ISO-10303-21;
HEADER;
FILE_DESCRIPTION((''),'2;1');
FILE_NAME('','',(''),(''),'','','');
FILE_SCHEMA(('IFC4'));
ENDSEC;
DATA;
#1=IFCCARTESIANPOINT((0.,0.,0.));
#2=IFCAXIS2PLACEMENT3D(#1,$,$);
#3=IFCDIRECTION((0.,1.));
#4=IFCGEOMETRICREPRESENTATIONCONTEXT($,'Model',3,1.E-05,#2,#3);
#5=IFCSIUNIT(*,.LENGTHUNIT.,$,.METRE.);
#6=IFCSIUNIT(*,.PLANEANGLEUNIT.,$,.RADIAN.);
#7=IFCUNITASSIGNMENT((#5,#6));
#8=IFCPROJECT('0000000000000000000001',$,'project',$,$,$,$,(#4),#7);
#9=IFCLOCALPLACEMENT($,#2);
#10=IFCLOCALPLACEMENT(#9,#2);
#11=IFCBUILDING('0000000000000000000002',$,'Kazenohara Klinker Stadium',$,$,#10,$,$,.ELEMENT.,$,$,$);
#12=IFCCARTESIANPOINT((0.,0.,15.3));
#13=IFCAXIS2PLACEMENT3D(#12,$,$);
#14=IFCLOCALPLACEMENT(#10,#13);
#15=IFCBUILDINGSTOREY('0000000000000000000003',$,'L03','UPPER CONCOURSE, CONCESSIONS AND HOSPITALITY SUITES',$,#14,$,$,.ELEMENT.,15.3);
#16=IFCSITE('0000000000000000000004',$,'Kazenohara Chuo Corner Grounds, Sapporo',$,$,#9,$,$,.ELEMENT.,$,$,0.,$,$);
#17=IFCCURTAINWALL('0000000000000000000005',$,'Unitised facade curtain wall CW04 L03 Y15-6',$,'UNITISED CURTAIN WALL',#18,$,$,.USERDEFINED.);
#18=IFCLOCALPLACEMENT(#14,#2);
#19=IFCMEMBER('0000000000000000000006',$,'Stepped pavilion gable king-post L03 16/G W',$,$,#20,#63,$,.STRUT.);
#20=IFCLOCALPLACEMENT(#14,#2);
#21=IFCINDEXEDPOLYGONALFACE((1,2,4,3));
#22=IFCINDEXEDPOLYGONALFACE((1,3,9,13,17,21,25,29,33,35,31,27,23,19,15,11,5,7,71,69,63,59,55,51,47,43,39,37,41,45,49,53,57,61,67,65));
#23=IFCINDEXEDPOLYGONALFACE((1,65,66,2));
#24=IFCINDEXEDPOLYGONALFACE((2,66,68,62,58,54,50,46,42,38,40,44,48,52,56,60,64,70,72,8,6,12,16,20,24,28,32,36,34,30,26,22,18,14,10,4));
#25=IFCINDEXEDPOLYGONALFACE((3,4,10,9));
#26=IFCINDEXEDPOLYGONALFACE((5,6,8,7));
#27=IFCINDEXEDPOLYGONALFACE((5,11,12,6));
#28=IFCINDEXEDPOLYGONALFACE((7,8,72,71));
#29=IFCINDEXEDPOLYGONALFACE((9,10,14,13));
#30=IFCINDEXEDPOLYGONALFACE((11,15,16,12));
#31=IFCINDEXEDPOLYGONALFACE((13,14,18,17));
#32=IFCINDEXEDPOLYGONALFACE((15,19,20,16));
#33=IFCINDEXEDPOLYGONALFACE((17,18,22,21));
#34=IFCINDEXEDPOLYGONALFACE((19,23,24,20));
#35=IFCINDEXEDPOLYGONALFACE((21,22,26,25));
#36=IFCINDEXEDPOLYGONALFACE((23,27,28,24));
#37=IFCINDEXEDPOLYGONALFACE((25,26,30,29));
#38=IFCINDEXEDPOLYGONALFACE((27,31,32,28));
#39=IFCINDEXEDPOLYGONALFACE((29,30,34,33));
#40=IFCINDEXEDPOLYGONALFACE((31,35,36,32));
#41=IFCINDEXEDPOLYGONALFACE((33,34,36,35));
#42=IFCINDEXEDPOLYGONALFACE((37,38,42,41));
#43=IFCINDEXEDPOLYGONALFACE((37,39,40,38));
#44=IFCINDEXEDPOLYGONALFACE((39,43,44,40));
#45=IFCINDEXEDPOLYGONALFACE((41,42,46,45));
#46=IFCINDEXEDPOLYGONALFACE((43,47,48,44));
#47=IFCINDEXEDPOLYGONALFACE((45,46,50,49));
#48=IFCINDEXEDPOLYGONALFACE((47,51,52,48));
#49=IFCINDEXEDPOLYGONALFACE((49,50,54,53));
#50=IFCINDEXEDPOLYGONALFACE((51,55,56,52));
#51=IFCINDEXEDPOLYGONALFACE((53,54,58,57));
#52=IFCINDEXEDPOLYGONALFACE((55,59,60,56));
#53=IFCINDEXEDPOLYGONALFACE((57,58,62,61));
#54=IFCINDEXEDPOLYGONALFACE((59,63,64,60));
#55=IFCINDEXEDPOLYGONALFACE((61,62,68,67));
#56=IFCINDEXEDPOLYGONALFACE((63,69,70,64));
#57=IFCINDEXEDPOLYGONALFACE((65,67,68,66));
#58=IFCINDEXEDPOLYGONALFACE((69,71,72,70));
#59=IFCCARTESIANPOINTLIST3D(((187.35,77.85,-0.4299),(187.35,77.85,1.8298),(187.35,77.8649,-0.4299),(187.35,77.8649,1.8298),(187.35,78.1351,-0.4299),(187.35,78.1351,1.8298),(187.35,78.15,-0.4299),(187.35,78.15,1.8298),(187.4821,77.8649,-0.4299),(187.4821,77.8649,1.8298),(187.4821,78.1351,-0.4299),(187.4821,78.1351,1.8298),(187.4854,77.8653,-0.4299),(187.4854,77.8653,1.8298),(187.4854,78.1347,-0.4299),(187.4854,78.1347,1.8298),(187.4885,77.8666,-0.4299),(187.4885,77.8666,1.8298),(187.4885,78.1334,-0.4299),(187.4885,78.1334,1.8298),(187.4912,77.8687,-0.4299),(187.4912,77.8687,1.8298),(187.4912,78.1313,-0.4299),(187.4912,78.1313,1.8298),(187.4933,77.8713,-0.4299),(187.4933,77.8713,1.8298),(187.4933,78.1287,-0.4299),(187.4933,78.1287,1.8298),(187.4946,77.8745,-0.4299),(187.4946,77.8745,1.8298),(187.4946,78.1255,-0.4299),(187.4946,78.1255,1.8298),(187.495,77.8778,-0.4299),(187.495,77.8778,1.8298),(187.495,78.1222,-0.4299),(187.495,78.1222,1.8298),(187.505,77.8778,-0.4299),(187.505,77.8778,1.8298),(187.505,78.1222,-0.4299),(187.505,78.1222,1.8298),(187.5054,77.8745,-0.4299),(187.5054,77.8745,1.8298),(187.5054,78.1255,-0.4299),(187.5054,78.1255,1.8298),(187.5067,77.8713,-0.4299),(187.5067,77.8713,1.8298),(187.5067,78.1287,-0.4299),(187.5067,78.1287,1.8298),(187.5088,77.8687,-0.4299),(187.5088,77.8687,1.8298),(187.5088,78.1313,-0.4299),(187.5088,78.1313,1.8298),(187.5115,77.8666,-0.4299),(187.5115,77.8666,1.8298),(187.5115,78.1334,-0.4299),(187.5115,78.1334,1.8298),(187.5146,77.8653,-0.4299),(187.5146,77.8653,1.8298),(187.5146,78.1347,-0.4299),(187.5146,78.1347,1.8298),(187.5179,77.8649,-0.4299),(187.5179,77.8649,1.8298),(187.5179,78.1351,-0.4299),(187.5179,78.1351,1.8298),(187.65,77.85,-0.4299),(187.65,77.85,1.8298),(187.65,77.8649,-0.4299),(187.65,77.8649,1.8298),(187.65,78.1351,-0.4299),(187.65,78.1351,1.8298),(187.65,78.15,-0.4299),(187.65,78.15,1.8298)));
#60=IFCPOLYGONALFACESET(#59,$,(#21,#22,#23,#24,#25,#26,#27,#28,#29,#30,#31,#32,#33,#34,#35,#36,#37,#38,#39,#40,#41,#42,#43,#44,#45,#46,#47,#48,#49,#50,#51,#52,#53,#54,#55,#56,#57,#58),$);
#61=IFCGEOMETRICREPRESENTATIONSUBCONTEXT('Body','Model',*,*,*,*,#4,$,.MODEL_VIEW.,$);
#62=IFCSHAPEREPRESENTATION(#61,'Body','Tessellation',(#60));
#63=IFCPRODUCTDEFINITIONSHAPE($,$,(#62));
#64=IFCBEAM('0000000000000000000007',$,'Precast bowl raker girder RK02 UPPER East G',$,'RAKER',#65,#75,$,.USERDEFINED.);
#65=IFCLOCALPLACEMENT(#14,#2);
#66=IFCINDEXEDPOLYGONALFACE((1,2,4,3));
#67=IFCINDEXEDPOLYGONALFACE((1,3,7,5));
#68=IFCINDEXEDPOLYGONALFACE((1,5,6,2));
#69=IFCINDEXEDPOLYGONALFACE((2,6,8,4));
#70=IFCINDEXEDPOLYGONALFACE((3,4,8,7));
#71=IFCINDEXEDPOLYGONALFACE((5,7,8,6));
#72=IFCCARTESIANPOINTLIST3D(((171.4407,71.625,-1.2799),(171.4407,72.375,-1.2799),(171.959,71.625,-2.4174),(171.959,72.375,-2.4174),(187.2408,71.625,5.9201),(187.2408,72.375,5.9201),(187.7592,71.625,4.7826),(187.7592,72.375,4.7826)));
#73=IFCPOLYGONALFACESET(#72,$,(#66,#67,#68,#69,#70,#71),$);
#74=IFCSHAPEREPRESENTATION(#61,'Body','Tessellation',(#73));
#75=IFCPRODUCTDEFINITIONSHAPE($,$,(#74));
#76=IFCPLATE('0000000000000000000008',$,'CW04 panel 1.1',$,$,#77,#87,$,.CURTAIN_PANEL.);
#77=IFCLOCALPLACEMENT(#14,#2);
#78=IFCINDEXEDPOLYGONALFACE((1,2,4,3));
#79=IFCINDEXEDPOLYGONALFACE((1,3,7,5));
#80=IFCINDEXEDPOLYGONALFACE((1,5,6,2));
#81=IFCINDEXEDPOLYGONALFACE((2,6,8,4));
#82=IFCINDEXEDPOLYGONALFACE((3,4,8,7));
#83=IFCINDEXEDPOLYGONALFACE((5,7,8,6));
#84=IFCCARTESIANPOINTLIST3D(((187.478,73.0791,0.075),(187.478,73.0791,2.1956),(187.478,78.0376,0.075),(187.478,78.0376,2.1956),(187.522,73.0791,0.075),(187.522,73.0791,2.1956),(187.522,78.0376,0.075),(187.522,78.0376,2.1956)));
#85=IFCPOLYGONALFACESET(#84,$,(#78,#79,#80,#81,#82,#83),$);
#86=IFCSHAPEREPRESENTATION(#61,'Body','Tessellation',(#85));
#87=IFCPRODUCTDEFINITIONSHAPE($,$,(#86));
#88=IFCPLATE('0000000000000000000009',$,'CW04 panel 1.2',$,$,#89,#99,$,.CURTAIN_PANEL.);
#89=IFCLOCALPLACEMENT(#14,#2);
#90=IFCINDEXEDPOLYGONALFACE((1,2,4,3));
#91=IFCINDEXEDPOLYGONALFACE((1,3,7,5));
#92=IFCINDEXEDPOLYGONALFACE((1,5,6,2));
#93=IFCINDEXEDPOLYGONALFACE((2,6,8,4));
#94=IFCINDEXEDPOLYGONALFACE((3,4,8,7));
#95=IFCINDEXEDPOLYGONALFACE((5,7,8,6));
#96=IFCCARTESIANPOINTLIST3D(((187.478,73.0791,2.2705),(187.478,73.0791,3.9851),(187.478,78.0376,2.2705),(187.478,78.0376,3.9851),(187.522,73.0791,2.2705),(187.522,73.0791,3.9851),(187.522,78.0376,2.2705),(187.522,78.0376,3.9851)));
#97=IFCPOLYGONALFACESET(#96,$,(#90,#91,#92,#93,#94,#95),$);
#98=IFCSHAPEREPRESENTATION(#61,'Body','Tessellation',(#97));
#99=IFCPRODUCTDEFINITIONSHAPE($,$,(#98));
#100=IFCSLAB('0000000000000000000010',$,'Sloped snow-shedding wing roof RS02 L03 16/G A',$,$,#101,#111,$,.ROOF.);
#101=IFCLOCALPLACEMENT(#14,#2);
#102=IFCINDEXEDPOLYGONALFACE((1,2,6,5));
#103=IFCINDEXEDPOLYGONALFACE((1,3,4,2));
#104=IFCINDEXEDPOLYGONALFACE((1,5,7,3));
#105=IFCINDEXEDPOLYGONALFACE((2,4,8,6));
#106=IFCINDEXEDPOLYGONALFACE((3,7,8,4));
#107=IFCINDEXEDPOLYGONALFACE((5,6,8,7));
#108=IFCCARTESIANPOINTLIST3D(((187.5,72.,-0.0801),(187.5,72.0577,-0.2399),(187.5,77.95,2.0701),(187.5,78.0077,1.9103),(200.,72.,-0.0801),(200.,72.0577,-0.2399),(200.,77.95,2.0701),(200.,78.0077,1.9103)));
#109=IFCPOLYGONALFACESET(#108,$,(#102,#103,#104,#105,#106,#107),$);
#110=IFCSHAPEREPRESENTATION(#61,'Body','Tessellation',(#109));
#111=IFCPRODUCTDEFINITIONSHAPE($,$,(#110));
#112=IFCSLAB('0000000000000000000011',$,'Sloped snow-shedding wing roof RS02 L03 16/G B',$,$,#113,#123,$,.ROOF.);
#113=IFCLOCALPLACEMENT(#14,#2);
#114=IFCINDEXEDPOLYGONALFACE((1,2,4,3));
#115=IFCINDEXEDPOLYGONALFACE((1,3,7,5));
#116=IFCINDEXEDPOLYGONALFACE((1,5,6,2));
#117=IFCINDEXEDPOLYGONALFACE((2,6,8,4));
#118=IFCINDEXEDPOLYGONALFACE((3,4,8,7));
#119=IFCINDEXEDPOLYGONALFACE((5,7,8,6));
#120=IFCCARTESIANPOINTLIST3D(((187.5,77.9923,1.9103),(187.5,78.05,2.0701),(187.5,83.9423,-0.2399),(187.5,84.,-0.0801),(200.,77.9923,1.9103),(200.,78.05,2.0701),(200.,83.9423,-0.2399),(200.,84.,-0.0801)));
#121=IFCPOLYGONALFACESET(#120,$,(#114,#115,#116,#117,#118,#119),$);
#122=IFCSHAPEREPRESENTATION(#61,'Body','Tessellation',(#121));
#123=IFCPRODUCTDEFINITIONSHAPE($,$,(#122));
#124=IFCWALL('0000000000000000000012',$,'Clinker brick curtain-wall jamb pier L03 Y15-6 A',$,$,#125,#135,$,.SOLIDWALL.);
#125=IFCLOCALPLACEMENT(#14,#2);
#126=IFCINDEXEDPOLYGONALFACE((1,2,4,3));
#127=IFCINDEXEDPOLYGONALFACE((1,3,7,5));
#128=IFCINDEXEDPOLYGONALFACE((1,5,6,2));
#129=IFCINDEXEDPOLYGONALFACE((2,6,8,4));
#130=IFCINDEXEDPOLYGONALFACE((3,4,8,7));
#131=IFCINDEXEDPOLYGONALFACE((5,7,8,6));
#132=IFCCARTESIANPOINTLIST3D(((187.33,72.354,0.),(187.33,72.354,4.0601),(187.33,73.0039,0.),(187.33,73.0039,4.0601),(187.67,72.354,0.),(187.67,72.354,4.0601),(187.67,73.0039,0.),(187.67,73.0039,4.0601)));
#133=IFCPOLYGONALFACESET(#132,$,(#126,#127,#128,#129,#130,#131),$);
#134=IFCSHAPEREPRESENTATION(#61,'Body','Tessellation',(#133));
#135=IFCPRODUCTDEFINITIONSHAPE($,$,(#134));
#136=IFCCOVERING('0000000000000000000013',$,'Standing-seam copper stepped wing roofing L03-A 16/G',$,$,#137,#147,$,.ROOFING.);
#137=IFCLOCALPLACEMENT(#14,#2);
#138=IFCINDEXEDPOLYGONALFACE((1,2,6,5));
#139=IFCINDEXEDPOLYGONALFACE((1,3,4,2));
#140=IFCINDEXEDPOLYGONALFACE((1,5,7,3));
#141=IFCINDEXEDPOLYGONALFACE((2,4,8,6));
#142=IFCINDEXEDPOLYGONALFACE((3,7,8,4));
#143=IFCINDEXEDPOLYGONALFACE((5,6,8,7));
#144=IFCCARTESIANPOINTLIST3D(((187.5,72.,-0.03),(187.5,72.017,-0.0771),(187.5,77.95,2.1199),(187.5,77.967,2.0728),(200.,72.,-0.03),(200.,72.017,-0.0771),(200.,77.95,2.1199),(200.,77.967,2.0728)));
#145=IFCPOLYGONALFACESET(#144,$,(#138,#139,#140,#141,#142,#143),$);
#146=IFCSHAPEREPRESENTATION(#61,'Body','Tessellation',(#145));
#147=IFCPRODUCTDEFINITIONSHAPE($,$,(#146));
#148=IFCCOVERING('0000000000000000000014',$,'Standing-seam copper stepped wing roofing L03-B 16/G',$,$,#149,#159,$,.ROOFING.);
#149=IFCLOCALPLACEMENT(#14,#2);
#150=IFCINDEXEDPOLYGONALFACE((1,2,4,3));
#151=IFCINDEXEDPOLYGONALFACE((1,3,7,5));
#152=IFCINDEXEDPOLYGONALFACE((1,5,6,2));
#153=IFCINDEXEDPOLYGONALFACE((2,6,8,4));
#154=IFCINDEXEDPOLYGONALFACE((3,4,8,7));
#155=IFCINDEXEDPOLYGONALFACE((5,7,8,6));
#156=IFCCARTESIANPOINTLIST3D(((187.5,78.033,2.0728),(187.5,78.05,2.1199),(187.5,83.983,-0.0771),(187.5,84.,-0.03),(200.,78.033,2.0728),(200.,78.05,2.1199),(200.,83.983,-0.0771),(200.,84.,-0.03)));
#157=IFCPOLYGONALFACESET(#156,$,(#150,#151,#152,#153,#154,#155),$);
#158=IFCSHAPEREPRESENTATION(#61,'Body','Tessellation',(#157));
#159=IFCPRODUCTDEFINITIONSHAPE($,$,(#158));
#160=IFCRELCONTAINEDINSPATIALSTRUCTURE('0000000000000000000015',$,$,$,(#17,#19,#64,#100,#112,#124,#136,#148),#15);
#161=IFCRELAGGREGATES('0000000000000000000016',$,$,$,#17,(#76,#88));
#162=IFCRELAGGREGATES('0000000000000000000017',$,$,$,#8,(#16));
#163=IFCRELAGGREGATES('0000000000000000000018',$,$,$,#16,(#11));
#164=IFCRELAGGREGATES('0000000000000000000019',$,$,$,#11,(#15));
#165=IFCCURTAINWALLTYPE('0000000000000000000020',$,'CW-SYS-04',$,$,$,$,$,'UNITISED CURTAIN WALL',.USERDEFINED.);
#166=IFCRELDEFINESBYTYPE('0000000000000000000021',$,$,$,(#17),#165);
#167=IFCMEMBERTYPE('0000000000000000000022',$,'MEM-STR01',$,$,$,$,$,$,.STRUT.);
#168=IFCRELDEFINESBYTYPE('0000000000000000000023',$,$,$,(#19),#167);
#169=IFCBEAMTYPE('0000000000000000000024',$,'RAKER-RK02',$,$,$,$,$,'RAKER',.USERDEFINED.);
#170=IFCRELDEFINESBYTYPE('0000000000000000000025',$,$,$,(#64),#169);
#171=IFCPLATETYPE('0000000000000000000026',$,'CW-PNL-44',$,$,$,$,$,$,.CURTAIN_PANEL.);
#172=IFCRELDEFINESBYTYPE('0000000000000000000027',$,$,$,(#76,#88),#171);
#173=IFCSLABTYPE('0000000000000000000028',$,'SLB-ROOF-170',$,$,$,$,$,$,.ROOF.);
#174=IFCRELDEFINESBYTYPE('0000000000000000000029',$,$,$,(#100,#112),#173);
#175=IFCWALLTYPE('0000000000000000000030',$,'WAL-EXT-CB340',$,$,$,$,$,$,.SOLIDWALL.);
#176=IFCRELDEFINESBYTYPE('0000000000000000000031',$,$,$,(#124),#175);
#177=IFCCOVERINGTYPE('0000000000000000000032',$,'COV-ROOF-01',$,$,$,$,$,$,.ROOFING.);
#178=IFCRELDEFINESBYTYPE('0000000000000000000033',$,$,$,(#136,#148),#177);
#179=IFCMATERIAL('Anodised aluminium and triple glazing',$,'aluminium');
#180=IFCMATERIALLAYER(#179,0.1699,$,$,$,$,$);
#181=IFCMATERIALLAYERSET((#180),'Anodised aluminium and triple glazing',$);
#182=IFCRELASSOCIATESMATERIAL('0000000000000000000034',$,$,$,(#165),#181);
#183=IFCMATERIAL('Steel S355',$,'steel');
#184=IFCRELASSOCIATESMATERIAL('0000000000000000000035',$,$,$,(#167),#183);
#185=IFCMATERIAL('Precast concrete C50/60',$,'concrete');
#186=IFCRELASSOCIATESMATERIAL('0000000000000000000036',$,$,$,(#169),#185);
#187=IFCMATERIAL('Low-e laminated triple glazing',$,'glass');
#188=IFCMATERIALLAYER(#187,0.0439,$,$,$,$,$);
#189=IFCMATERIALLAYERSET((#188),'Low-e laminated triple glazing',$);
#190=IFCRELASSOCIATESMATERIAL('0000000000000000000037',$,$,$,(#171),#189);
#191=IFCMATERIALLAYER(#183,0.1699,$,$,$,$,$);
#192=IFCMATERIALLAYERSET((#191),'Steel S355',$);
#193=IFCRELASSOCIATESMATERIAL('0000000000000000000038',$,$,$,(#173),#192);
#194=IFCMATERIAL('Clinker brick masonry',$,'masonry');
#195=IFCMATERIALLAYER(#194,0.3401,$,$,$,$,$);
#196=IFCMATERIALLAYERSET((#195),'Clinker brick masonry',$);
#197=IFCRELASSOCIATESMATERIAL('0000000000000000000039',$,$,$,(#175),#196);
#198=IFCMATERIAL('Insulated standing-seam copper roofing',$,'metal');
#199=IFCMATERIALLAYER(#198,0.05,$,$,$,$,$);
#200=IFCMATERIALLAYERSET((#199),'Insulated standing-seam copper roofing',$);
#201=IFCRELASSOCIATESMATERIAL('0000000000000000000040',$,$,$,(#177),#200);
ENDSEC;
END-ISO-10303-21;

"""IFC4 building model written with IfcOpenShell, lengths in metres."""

from ifc_helpers import new_model, si_unit, direction, frame, frame_2d, origin, origin_2d, place, context, subcontext, project, spatial, polyline, rectangle, i_section, outline, extrude, material, layer, layer_set, material_profile, profile_set, type_object, element, aggregate, save


model = new_model("IFC4")

# Units and contexts
model_context = context("Model", 3, precision=1e-05, world=origin(), true_north=direction((0.0, 1.0)))
body_context = subcontext(model_context, "Body", "Model", "MODEL_VIEW")
ifc_project = project(units=[si_unit("LENGTHUNIT", "METRE"), si_unit("PLANEANGLEUNIT", "RADIAN")], contexts=[model_context])

# Site, building, storey
site_placement = place(None, origin())
site = spatial("IfcSite", under=ifc_project, at=site_placement, Name="Kazenohara Chuo Corner Grounds, Sapporo", CompositionType="ELEMENT", RefElevation=0.0)
building_placement = place(site_placement, origin())
building = spatial("IfcBuilding", under=site, at=building_placement, Name="Kazenohara Klinker Stadium", CompositionType="ELEMENT")
storey_placement = place(building_placement, frame((0.0, 0.0, 15.3)))
storey = spatial("IfcBuildingStorey", under=building, at=storey_placement, Name="L03", Description="UPPER CONCOURSE, CONCESSIONS AND HOSPITALITY SUITES", CompositionType="ELEMENT", Elevation=15.3)

# Curtain wall
ifc_material_1 = material(Name="Anodised aluminium and triple glazing", Category="aluminium")
ifc_layer_1 = layer(ifc_material_1, 0.1699)
ifc_layer_set_1 = layer_set([ifc_layer_1], Name="Anodised aluminium and triple glazing")
curtain_wall_type = type_object("IfcCurtainWallType", Name="CW-SYS-04", ElementType="UNITISED CURTAIN WALL", PredefinedType="USERDEFINED", material=ifc_layer_set_1)
curtain_wall_placement = place(storey_placement, origin())
curtain_wall = element("IfcCurtainWall", 1, at=curtain_wall_placement, inside=storey, type_object=curtain_wall_type, Name="Unitised facade curtain wall CW04 L03 Y15-6", ObjectType="UNITISED CURTAIN WALL", PredefinedType="USERDEFINED")

# Member
ifc_material_2 = material(Name="Steel S355", Category="steel")
ifc_material_profile_1 = material_profile(ifc_material_2, i_section(OverallWidth=0.3, OverallDepth=0.3, WebThickness=0.01, FlangeThickness=0.0149, FilletRadius=0.0129, at=origin_2d()), Name="H-300x300x10x15")
ifc_profile_set_1 = profile_set([ifc_material_profile_1], Name="Steel S355")
member_type_1 = type_object("IfcMemberType", Name="MEM-STR01", PredefinedType="STRUT", material=ifc_profile_set_1)
member_1_placement = place(storey_placement, frame((187.5, 78.0, -0.4299), z_axis=(0.0, 0.0, 1.0), x_axis=(1.0, 0.0, 0.0)))
element("IfcMember", 2, at=member_1_placement, inside=storey, type_object=member_type_1, Name="Stepped pavilion gable king-post L03 16/G W", PredefinedType="STRUT", context=body_context, shape_type="SweptSolid", body=[
    extrude(i_section(OverallWidth=0.3, OverallDepth=0.3, WebThickness=0.01, FlangeThickness=0.0149, FilletRadius=0.0129, at=origin_2d()), origin(), (0.0, 0.0, 1.0), 2.2598),
])

# Beam
ifc_material_3 = material(Name="Precast concrete C50/60", Category="concrete")
ifc_material_profile_2 = material_profile(ifc_material_3, rectangle(XDim=0.75, YDim=1.25, at=origin_2d()), Name="PC-RAKER-750x1250")
ifc_profile_set_2 = profile_set([ifc_material_profile_2], Name="Precast concrete C50/60")
beam_type_1 = type_object("IfcBeamType", Name="RAKER-RK02", ElementType="RAKER", PredefinedType="USERDEFINED", material=ifc_profile_set_2)
beam_1_placement = place(storey_placement, frame((187.5, 72.0, 5.3513), z_axis=(-0.909973, 0.0, -0.414667), x_axis=(0.0, -1.0, 0.0)))
element("IfcBeam", 3, at=beam_1_placement, inside=storey, type_object=beam_type_1, Name="Precast bowl raker girder RK02 UPPER East G", ObjectType="RAKER", PredefinedType="USERDEFINED", context=body_context, shape_type="SweptSolid", body=[
    extrude(rectangle(XDim=0.75, YDim=1.25, at=origin_2d()), origin(), (0.0, 0.0, 1.0), 17.3633),
])

# Plates
ifc_material_4 = material(Name="Low-e laminated triple glazing", Category="glass")
ifc_layer_2 = layer(ifc_material_4, 0.0439)
ifc_layer_set_2 = layer_set([ifc_layer_2], Name="Low-e laminated triple glazing")
plate_type = type_object("IfcPlateType", Name="CW-PNL-44", PredefinedType="CURTAIN_PANEL", material=ifc_layer_set_2)
plate_1_placement = place(storey_placement, frame((187.5, 75.5583, 0.075), z_axis=(0.0, 0.0, 1.0), x_axis=(0.0, 1.0, 0.0)))
plate_1 = element("IfcPlate", 4, at=plate_1_placement, type_object=plate_type, Name="CW04 panel 1.1", PredefinedType="CURTAIN_PANEL", context=body_context, shape_type="SweptSolid", body=[
    extrude(rectangle(XDim=4.9585, YDim=0.0439, at=origin_2d()), origin(), (0.0, 0.0, 1.0), 2.1206),
])
plate_2_placement = place(storey_placement, frame((187.5, 75.5583, 2.2705), z_axis=(0.0, 0.0, 1.0), x_axis=(0.0, 1.0, 0.0)))
plate_2 = element("IfcPlate", 5, at=plate_2_placement, type_object=plate_type, Name="CW04 panel 1.2", PredefinedType="CURTAIN_PANEL", context=body_context, shape_type="SweptSolid", body=[
    extrude(rectangle(XDim=4.9585, YDim=0.0439, at=origin_2d()), origin(), (0.0, 0.0, 1.0), 1.7146),
])
aggregate(curtain_wall, [plate_1, plate_2])

# Slabs
ifc_layer_3 = layer(ifc_material_2, 0.1699)
ifc_layer_set_3 = layer_set([ifc_layer_3], Name="Steel S355")
slab_type = type_object("IfcSlabType", Name="SLB-ROOF-170", PredefinedType="ROOF", material=ifc_layer_set_3)
for number, where, z_axis, x_axis, name in (
    (6, (187.5, 72.0, -0.0801), (0.0, -0.339862, 0.940475), (1.0, 0.0, 0.0), "Sloped snow-shedding wing roof RS02 L03 16/G A"),
    (7, (187.5, 78.05, 2.0701), (0.0, 0.339862, 0.940475), (1.0, 0.0, 0.0), "Sloped snow-shedding wing roof RS02 L03 16/G B"),
):
    element("IfcSlab", number, at=place(storey_placement, frame(where, z_axis=z_axis, x_axis=x_axis)), inside=storey, type_object=slab_type, Name=name, PredefinedType="ROOF", context=body_context, shape_type="SweptSolid", body=[
        extrude(outline(polyline([(0.0, 0.0), (12.5, 0.0), (12.5, 6.3265), (0.0, 6.3265), (0.0, 0.0)])), origin(), (0.0, 0.0, -1.0), 0.1699),
    ])

# Wall
ifc_material_5 = material(Name="Clinker brick masonry", Category="masonry")
ifc_layer_4 = layer(ifc_material_5, 0.3401)
ifc_layer_set_4 = layer_set([ifc_layer_4], Name="Clinker brick masonry")
wall_type = type_object("IfcWallType", Name="WAL-EXT-CB340", PredefinedType="SOLIDWALL", material=ifc_layer_set_4)
wall_placement = place(storey_placement, frame((187.5, 72.354, 0.0), z_axis=(0.0, 0.0, 1.0), x_axis=(0.0, 1.0, 0.0)))
element("IfcWall", 8, at=wall_placement, inside=storey, type_object=wall_type, Name="Clinker brick curtain-wall jamb pier L03 Y15-6 A", PredefinedType="SOLIDWALL", context=body_context, shape_type="SweptSolid", body=[
    extrude(rectangle(XDim=0.6499, YDim=0.3401, at=frame_2d((0.325, 0.0))), origin(), (0.0, 0.0, 1.0), 4.0601),
])

# Coverings
ifc_material_6 = material(Name="Insulated standing-seam copper roofing", Category="metal")
ifc_layer_5 = layer(ifc_material_6, 0.05)
ifc_layer_set_5 = layer_set([ifc_layer_5], Name="Insulated standing-seam copper roofing")
covering_type = type_object("IfcCoveringType", Name="COV-ROOF-01", PredefinedType="ROOFING", material=ifc_layer_set_5)
for number, where, z_axis, x_axis, name in (
    (9, (187.5, 72.0, -0.03), (0.0, -0.339827, 0.940488), (1.0, 0.0, 0.0), "Standing-seam copper stepped wing roofing L03-A 16/G"),
    (10, (187.5, 78.05, 2.1199), (0.0, 0.339827, 0.940488), (1.0, 0.0, 0.0), "Standing-seam copper stepped wing roofing L03-B 16/G"),
):
    element("IfcCovering", number, at=place(storey_placement, frame(where, z_axis=z_axis, x_axis=x_axis)), inside=storey, type_object=covering_type, Name=name, PredefinedType="ROOFING", context=body_context, shape_type="SweptSolid", body=[
        extrude(outline(polyline([(0.0, 0.0), (12.5, 0.0), (12.5, 6.3265), (0.0, 6.3265), (0.0, 0.0)])), origin(), (0.0, 0.0, -1.0), 0.05),
    ])

save(model, "model.ifc")
